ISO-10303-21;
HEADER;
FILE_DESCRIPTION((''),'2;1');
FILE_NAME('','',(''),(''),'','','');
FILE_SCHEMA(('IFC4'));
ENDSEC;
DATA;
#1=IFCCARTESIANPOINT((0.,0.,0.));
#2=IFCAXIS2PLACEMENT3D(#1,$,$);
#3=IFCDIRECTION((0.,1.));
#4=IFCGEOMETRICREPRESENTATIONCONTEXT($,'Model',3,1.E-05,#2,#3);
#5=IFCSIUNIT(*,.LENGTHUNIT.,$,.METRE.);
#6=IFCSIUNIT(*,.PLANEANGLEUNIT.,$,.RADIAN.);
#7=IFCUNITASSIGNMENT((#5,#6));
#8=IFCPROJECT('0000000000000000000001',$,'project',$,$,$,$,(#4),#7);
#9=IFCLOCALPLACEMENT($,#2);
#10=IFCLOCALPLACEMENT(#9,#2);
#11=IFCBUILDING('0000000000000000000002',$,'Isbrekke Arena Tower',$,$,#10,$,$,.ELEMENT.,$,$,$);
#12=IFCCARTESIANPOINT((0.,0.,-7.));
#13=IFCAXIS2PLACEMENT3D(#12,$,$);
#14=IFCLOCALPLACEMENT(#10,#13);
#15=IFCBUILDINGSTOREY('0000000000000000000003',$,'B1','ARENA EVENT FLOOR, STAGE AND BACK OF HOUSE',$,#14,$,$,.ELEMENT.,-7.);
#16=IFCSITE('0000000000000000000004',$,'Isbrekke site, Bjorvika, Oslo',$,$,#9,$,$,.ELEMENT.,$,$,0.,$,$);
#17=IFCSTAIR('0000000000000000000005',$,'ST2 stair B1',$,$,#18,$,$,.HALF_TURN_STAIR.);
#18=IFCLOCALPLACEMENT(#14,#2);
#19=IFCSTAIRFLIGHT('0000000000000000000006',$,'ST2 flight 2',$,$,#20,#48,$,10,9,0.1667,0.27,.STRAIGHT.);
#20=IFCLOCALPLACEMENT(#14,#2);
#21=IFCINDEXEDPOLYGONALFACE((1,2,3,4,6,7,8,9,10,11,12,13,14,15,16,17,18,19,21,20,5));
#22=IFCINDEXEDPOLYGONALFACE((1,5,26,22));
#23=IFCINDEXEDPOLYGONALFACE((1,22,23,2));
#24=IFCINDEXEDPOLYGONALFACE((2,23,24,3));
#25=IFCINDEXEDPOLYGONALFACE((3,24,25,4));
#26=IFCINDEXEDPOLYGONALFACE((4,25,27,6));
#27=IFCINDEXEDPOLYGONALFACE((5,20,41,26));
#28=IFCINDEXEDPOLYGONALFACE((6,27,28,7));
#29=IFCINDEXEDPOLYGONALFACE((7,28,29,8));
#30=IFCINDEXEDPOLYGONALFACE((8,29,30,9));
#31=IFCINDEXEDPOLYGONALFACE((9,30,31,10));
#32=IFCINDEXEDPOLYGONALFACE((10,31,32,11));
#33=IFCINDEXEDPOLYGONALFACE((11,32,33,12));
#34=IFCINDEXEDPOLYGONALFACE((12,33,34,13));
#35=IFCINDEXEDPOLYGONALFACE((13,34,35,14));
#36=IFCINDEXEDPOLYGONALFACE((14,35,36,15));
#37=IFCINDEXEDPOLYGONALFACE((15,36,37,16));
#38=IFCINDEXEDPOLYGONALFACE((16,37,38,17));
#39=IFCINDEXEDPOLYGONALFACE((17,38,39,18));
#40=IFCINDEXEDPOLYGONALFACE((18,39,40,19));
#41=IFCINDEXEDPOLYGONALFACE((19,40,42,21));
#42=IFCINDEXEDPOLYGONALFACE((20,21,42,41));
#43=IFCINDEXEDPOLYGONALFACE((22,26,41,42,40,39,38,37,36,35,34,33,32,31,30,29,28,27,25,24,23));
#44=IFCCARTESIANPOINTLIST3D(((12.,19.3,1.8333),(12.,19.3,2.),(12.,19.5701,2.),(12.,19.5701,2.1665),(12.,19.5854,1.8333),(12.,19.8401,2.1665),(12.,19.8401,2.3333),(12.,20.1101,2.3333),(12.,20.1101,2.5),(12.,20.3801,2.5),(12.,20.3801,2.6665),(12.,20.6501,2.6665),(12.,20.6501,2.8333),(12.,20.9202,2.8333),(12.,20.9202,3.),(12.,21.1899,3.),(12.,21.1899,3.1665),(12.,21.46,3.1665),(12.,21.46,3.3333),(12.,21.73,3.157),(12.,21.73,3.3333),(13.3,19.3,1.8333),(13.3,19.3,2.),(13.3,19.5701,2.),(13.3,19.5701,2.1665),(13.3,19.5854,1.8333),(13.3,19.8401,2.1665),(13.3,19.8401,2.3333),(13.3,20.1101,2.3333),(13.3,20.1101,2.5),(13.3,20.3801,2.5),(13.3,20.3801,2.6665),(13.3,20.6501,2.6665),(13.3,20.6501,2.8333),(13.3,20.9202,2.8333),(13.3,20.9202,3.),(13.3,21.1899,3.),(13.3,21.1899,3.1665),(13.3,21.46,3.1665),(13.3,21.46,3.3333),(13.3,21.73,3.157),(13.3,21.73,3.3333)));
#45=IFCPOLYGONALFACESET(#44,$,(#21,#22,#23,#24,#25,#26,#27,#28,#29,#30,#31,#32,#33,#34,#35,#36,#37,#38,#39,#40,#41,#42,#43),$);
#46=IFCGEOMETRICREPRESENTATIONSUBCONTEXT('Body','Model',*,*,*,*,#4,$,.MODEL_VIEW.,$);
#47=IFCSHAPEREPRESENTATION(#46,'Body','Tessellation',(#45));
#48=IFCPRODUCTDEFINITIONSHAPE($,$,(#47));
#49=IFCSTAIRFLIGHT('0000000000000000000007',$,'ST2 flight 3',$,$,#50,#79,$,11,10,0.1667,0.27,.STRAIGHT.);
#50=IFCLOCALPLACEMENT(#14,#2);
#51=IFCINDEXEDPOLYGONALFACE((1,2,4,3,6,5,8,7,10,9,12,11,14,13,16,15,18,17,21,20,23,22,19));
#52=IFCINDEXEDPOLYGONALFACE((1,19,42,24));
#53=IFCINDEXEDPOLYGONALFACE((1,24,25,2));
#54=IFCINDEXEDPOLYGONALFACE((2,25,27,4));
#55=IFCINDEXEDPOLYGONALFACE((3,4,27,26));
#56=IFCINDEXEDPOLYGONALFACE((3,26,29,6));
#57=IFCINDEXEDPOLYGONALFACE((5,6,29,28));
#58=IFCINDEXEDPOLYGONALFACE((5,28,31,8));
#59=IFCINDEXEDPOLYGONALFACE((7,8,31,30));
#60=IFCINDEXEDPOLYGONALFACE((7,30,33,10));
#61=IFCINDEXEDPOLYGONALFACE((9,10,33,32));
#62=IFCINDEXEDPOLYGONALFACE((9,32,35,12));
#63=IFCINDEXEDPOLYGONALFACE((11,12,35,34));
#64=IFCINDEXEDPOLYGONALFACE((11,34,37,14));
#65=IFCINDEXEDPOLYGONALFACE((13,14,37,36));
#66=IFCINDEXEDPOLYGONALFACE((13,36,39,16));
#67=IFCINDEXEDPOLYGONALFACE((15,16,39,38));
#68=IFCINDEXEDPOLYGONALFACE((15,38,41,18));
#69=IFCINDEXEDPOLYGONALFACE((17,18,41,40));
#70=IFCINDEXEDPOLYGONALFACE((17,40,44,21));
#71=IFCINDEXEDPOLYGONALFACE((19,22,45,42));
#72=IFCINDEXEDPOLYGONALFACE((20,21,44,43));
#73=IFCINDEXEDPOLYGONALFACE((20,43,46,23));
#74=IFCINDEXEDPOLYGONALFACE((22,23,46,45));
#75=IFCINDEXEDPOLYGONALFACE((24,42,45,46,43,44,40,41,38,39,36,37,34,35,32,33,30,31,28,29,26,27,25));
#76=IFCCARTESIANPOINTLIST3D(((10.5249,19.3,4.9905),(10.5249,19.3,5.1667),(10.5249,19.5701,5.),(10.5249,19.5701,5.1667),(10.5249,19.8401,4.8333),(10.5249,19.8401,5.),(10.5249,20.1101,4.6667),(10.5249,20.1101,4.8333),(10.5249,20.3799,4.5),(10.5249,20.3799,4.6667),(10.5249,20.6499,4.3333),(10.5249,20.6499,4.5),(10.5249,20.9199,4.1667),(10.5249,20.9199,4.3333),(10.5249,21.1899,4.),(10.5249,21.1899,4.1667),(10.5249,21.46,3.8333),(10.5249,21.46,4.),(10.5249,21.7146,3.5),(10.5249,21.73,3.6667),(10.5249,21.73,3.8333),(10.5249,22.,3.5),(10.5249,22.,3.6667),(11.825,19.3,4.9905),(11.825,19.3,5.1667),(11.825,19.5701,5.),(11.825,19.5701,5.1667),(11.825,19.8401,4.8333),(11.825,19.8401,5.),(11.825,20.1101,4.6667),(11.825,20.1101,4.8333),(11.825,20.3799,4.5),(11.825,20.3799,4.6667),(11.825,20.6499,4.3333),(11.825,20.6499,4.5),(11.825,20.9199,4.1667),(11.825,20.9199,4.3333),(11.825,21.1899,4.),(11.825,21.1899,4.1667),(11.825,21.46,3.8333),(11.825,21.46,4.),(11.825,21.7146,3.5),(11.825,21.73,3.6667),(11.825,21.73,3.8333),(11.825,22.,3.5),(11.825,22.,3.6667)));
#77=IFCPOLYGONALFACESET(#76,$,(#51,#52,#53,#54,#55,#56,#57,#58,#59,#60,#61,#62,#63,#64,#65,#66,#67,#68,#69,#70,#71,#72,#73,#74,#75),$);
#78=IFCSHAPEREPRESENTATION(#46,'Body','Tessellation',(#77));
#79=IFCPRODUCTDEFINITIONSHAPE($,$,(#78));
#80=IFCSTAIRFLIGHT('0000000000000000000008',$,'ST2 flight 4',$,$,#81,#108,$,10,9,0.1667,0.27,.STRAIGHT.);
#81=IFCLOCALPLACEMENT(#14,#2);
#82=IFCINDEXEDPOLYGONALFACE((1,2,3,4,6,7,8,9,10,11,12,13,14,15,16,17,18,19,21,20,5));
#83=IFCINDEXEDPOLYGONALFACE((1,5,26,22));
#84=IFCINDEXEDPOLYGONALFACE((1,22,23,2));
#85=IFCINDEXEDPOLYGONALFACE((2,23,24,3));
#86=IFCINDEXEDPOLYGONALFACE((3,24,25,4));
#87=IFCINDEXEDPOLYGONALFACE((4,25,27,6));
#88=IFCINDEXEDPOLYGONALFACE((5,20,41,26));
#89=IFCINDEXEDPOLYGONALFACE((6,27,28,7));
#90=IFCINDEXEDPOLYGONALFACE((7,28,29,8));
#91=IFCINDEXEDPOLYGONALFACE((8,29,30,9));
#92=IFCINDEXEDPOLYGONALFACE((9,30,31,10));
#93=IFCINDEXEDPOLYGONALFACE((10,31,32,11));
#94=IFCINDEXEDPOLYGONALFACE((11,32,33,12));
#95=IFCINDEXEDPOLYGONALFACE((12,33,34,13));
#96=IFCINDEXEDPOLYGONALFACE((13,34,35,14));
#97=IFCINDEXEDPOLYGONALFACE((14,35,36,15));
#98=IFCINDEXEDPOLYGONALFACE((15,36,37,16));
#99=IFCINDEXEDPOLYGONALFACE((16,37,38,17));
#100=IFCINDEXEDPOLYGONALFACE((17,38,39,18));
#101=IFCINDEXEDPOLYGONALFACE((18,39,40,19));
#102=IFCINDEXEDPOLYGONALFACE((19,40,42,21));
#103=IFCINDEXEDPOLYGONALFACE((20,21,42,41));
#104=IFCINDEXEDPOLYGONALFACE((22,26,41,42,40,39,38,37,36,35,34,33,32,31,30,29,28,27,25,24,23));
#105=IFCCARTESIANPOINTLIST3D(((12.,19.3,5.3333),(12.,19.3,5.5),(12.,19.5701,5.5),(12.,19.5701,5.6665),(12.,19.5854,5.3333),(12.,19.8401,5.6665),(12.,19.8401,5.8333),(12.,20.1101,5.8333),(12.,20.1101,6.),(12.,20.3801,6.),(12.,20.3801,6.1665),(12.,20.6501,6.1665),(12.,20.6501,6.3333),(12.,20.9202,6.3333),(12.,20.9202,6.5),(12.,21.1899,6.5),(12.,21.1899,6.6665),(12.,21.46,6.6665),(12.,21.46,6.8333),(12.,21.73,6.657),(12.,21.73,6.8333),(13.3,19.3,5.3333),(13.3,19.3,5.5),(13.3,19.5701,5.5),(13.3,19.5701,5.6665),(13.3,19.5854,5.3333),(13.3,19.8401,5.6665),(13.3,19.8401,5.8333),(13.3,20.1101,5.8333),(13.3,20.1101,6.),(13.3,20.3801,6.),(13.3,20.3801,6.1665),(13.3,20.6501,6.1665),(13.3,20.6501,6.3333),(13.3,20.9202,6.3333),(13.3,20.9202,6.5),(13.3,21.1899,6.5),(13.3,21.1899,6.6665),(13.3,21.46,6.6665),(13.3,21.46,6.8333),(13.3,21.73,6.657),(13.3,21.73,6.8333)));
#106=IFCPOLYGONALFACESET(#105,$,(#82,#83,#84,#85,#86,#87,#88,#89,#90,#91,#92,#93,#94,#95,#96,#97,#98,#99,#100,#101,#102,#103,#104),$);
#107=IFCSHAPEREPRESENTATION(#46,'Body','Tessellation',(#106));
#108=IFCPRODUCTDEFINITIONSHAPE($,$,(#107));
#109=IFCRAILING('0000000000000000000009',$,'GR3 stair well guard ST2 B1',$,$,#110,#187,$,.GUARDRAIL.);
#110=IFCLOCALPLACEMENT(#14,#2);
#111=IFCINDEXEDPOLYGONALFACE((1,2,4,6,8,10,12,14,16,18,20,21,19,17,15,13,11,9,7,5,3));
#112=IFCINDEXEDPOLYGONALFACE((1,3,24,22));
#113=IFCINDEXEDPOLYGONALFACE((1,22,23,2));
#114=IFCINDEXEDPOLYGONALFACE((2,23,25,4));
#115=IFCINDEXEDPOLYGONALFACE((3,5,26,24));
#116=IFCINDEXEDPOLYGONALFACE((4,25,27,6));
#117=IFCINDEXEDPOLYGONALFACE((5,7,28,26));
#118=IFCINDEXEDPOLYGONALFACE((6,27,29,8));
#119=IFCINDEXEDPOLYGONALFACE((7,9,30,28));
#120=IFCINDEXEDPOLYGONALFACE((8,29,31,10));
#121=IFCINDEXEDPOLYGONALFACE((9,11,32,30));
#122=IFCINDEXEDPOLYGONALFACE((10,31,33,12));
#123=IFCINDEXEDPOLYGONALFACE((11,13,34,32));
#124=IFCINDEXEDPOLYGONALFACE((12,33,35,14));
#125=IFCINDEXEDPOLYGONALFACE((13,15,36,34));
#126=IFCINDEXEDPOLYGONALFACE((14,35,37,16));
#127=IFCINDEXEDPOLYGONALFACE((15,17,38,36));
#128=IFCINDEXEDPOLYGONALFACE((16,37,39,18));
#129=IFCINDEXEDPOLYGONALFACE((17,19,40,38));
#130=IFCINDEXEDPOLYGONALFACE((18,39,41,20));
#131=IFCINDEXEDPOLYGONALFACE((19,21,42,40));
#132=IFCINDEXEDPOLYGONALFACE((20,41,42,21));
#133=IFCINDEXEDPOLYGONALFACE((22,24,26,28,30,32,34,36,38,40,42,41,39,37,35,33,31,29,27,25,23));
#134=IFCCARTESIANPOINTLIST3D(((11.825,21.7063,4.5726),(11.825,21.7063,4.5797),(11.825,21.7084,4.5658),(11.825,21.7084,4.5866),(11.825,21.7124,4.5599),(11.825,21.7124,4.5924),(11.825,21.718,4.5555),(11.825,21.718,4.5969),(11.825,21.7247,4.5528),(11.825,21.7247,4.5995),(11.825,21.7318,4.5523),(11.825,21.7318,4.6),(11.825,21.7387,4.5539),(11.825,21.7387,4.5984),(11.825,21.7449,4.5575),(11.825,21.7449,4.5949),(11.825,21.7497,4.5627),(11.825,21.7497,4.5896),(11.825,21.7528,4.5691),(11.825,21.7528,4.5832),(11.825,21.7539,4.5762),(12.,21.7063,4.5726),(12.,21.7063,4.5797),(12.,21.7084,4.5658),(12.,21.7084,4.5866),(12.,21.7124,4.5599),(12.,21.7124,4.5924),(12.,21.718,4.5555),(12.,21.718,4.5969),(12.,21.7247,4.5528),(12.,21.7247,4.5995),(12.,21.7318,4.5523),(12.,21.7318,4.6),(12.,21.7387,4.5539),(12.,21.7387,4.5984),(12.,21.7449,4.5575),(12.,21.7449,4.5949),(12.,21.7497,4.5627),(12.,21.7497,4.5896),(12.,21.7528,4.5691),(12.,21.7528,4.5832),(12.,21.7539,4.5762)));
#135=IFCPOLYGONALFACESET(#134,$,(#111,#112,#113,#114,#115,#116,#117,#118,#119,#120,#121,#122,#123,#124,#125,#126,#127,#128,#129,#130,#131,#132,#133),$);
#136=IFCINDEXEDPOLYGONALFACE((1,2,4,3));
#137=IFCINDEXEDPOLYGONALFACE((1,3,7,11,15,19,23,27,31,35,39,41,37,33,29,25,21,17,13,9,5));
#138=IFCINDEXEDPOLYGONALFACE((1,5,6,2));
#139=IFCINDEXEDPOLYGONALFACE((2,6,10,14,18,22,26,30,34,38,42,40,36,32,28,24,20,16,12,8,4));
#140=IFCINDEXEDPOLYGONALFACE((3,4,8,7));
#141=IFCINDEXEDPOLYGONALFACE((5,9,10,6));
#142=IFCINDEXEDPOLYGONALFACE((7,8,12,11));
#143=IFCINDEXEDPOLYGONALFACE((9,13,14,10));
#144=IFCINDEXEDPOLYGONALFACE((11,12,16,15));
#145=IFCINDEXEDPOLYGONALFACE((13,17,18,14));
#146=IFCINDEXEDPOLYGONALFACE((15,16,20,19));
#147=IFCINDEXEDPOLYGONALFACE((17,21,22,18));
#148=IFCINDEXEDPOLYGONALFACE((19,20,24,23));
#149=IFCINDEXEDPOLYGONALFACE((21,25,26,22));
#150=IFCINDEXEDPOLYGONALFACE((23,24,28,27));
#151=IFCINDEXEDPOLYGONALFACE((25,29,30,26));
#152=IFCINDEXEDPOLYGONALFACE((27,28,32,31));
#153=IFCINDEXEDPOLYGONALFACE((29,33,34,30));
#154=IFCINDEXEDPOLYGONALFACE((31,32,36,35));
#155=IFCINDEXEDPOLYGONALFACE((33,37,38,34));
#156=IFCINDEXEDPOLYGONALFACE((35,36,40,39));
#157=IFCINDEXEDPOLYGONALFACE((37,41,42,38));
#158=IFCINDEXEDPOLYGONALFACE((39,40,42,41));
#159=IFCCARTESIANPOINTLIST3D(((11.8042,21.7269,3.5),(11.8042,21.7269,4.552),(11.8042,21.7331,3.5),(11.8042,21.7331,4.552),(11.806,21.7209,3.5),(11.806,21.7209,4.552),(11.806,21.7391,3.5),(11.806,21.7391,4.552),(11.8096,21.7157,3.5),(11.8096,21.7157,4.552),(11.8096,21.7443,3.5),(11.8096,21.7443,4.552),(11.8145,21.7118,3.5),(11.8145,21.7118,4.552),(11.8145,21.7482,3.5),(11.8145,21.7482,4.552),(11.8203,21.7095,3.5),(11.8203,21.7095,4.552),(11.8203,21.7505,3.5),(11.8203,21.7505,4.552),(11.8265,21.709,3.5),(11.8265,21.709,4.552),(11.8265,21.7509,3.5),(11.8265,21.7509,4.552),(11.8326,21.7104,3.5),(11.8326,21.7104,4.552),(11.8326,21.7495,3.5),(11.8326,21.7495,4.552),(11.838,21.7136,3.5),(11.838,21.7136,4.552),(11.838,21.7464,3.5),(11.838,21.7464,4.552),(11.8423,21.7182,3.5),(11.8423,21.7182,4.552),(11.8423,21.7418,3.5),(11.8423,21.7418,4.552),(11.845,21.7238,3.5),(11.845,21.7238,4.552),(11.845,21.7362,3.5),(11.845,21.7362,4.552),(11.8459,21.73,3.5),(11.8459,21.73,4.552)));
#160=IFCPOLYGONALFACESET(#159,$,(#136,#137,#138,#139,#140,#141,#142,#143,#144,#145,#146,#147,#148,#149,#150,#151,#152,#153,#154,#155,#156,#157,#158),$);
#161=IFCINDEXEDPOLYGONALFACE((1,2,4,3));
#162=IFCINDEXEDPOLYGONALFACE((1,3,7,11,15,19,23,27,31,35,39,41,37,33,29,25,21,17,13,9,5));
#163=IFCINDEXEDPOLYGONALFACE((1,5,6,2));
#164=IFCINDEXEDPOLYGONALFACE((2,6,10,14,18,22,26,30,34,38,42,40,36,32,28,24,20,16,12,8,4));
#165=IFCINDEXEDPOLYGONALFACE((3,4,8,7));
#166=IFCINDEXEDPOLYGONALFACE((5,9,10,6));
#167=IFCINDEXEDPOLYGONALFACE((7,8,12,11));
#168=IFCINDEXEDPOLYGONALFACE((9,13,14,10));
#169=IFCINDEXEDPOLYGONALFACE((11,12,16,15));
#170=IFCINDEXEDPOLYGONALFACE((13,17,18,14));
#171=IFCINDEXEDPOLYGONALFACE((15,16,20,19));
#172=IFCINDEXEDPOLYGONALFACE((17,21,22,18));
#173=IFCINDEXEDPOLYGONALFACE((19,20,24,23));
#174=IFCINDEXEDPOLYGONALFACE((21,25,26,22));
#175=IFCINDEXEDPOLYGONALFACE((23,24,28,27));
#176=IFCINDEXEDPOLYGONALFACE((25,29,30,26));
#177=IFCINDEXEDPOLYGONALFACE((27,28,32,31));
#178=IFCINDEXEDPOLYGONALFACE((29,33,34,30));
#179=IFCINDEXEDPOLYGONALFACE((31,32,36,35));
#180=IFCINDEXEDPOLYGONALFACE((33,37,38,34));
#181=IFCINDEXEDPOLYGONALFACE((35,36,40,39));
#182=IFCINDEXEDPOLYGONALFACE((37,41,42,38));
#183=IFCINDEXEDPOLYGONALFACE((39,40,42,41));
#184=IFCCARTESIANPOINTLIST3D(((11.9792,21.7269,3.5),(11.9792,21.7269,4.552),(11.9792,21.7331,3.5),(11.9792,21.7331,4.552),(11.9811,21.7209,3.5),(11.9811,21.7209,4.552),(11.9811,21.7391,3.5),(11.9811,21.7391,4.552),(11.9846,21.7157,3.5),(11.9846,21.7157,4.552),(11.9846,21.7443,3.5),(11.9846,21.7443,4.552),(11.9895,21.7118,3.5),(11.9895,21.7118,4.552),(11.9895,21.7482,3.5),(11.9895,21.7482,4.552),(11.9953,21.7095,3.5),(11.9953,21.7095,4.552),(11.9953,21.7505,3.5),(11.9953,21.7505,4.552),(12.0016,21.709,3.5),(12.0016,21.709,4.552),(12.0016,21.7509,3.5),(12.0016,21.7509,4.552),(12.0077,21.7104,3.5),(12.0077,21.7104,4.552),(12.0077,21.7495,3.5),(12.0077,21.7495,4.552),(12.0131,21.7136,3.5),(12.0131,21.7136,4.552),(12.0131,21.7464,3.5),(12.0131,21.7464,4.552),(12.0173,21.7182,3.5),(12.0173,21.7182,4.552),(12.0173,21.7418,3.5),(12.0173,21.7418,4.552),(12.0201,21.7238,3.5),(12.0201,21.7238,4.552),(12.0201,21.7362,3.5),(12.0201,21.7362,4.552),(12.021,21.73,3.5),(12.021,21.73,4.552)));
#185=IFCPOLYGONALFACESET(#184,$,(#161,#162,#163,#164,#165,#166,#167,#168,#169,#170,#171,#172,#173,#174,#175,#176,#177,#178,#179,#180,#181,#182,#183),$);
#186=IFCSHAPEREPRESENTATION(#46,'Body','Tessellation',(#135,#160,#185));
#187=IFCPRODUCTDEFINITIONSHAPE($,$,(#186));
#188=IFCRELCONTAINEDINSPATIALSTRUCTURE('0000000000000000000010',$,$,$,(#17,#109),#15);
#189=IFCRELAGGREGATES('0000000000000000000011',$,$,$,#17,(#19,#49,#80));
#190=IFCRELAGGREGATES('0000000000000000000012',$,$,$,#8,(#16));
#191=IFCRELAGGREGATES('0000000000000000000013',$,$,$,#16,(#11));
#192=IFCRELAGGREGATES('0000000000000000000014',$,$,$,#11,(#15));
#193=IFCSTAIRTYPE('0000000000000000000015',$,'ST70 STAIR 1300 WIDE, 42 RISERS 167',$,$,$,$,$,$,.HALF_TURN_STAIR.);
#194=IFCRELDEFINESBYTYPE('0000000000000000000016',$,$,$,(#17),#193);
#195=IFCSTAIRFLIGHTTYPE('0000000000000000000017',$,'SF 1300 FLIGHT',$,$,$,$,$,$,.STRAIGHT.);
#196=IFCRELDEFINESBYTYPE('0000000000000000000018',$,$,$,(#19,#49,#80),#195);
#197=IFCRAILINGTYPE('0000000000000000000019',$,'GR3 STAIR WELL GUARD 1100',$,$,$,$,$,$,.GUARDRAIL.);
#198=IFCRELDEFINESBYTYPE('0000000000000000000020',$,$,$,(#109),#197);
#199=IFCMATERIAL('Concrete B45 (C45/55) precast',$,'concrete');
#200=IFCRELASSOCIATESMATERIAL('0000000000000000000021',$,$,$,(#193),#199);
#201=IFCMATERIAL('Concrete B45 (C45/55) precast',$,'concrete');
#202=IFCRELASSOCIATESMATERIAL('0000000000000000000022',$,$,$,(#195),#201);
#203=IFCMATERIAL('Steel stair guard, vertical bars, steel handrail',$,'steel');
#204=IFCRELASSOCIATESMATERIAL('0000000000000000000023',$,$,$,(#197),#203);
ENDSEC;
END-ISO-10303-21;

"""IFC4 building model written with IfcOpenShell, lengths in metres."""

from ifc_helpers import new_model, si_unit, direction, frame, origin, origin_2d, place, context, subcontext, project, spatial, polyline, circle, outline, extrude, material, type_object, element, aggregate, save


model = new_model("IFC4")

# Units and contexts
model_context = context("Model", 3, precision=1e-05, world=origin(), true_north=direction((0.0, 1.0)))
body_context = subcontext(model_context, "Body", "Model", "MODEL_VIEW")
ifc_project = project(units=[si_unit("LENGTHUNIT", "METRE"), si_unit("PLANEANGLEUNIT", "RADIAN")], contexts=[model_context])

# Site, building, storey
site_placement = place(None, origin())
site = spatial("IfcSite", under=ifc_project, at=site_placement, Name="Isbrekke site, Bjorvika, Oslo", CompositionType="ELEMENT", RefElevation=0.0)
building_placement = place(site_placement, origin())
building = spatial("IfcBuilding", under=site, at=building_placement, Name="Isbrekke Arena Tower", CompositionType="ELEMENT")
storey_placement = place(building_placement, frame((0.0, 0.0, -7.0)))
storey = spatial("IfcBuildingStorey", under=building, at=storey_placement, Name="B1", Description="ARENA EVENT FLOOR, STAGE AND BACK OF HOUSE", CompositionType="ELEMENT", Elevation=-7.0)

# Stair, stair flights
ifc_material_1 = material(Name="Concrete B45 (C45/55) precast", Category="concrete")
stair_type = type_object("IfcStairType", Name="ST70 STAIR 1300 WIDE, 42 RISERS 167", PredefinedType="HALF_TURN_STAIR", material=ifc_material_1)
stair_placement = place(storey_placement, origin())
stair = element("IfcStair", 1, at=stair_placement, inside=storey, type_object=stair_type, Name="ST2 stair B1", PredefinedType="HALF_TURN_STAIR")
ifc_material_2 = material(Name="Concrete B45 (C45/55) precast", Category="concrete")
stair_flight_type = type_object("IfcStairFlightType", Name="SF 1300 FLIGHT", PredefinedType="STRAIGHT", material=ifc_material_2)
stair_flight_1_placement = place(storey_placement, frame((12.6499, 19.3, 1.8333), z_axis=(0.0, 0.0, 1.0), x_axis=(0.0, 1.0, 0.0)))
stair_flight_1 = element("IfcStairFlight", 2, at=stair_flight_1_placement, type_object=stair_flight_type, Name="ST2 flight 2", NumberOfRisers=10, NumberOfTreads=9, PredefinedType="STRAIGHT", RiserHeight=0.1667, TreadLength=0.27, context=body_context, shape_type="SweptSolid", body=[
    extrude(outline(polyline([(0.0, 0.0), (0.0, 0.1667), (0.27, 0.1667), (0.27, 0.3333), (0.54, 0.3333), (0.54, 0.5), (0.8101, 0.5), (0.8101, 0.6667), (1.0801, 0.6667), (1.0801, 0.8333), (1.3501, 0.8333), (1.3501, 1.0), (1.6201, 1.0), (1.6201, 1.1667), (1.8899, 1.1667), (1.8899, 1.3333), (2.1599, 1.3333), (2.1599, 1.5), (2.4299, 1.5), (2.4299, 1.6667), (2.4299, 1.3237), (0.2854, 0.0), (0.0, 0.0)])), frame((0.0, 0.6499, 0.0), z_axis=(0.0, -1.0, 0.0), x_axis=(1.0, 0.0, 0.0)), (0.0, 0.0, 1.0), 1.3),
])
stair_flight_2_placement = place(storey_placement, frame((11.175, 22.0, 3.5), z_axis=(0.0, 0.0, 1.0), x_axis=(0.0, -1.0, 0.0)))
stair_flight_2 = element("IfcStairFlight", 3, at=stair_flight_2_placement, type_object=stair_flight_type, Name="ST2 flight 3", NumberOfRisers=11, NumberOfTreads=10, PredefinedType="STRAIGHT", RiserHeight=0.1667, TreadLength=0.27, context=body_context, shape_type="SweptSolid", body=[
    extrude(outline(polyline([(0.0, 0.0), (0.0, 0.1667), (0.27, 0.1667), (0.27, 0.3333), (0.54, 0.3333), (0.54, 0.5), (0.8101, 0.5), (0.8101, 0.6667), (1.0801, 0.6667), (1.0801, 0.8333), (1.3501, 0.8333), (1.3501, 1.0), (1.6201, 1.0), (1.6201, 1.1667), (1.8899, 1.1667), (1.8899, 1.3333), (2.1599, 1.3333), (2.1599, 1.5), (2.4299, 1.5), (2.4299, 1.6667), (2.7, 1.6667), (2.7, 1.8333), (2.7, 1.4905), (0.2854, 0.0), (0.0, 0.0)])), frame((0.0, 0.6499, 0.0), z_axis=(0.0, -1.0, 0.0), x_axis=(1.0, 0.0, 0.0)), (0.0, 0.0, 1.0), 1.3),
])
stair_flight_3_placement = place(storey_placement, frame((12.6499, 19.3, 5.3333), z_axis=(0.0, 0.0, 1.0), x_axis=(0.0, 1.0, 0.0)))
stair_flight_3 = element("IfcStairFlight", 4, at=stair_flight_3_placement, type_object=stair_flight_type, Name="ST2 flight 4", NumberOfRisers=10, NumberOfTreads=9, PredefinedType="STRAIGHT", RiserHeight=0.1667, TreadLength=0.27, context=body_context, shape_type="SweptSolid", body=[
    extrude(outline(polyline([(0.0, 0.0), (0.0, 0.1667), (0.27, 0.1667), (0.27, 0.3333), (0.54, 0.3333), (0.54, 0.5), (0.8101, 0.5), (0.8101, 0.6667), (1.0801, 0.6667), (1.0801, 0.8333), (1.3501, 0.8333), (1.3501, 1.0), (1.6201, 1.0), (1.6201, 1.1667), (1.8899, 1.1667), (1.8899, 1.3333), (2.1599, 1.3333), (2.1599, 1.5), (2.4299, 1.5), (2.4299, 1.6667), (2.4299, 1.3237), (0.2854, 0.0), (0.0, 0.0)])), frame((0.0, 0.6499, 0.0), z_axis=(0.0, -1.0, 0.0), x_axis=(1.0, 0.0, 0.0)), (0.0, 0.0, 1.0), 1.3),
])
aggregate(stair, [stair_flight_1, stair_flight_2, stair_flight_3])

# Railing
ifc_material_3 = material(Name="Steel stair guard, vertical bars, steel handrail", Category="steel")
railing_type = type_object("IfcRailingType", Name="GR3 STAIR WELL GUARD 1100", PredefinedType="GUARDRAIL", material=ifc_material_3)
for number, where, name in (
    (5, (11.825, 21.73, 3.5), "GR3 stair well guard ST2 B1"),
):
    element("IfcRailing", number, at=place(storey_placement, frame(where)), inside=storey, type_object=railing_type, Name=name, PredefinedType="GUARDRAIL", context=body_context, shape_type="SweptSolid", body=[
        extrude(circle(Radius=0.0239, at=origin_2d()), frame((0.0, 0.0, 1.0762), z_axis=(1.0, 0.0, 0.0), x_axis=(0.0, 1.0, 0.0)), (0.0, 0.0, 1.0), 0.175),
        extrude(circle(Radius=0.021, at=origin_2d()), origin(), (0.0, 0.0, 1.0), 1.052),
        extrude(circle(Radius=0.021, at=origin_2d()), frame((0.175, 0.0, 0.0)), (0.0, 0.0, 1.0), 1.052),
    ])

save(model, "model.ifc")
